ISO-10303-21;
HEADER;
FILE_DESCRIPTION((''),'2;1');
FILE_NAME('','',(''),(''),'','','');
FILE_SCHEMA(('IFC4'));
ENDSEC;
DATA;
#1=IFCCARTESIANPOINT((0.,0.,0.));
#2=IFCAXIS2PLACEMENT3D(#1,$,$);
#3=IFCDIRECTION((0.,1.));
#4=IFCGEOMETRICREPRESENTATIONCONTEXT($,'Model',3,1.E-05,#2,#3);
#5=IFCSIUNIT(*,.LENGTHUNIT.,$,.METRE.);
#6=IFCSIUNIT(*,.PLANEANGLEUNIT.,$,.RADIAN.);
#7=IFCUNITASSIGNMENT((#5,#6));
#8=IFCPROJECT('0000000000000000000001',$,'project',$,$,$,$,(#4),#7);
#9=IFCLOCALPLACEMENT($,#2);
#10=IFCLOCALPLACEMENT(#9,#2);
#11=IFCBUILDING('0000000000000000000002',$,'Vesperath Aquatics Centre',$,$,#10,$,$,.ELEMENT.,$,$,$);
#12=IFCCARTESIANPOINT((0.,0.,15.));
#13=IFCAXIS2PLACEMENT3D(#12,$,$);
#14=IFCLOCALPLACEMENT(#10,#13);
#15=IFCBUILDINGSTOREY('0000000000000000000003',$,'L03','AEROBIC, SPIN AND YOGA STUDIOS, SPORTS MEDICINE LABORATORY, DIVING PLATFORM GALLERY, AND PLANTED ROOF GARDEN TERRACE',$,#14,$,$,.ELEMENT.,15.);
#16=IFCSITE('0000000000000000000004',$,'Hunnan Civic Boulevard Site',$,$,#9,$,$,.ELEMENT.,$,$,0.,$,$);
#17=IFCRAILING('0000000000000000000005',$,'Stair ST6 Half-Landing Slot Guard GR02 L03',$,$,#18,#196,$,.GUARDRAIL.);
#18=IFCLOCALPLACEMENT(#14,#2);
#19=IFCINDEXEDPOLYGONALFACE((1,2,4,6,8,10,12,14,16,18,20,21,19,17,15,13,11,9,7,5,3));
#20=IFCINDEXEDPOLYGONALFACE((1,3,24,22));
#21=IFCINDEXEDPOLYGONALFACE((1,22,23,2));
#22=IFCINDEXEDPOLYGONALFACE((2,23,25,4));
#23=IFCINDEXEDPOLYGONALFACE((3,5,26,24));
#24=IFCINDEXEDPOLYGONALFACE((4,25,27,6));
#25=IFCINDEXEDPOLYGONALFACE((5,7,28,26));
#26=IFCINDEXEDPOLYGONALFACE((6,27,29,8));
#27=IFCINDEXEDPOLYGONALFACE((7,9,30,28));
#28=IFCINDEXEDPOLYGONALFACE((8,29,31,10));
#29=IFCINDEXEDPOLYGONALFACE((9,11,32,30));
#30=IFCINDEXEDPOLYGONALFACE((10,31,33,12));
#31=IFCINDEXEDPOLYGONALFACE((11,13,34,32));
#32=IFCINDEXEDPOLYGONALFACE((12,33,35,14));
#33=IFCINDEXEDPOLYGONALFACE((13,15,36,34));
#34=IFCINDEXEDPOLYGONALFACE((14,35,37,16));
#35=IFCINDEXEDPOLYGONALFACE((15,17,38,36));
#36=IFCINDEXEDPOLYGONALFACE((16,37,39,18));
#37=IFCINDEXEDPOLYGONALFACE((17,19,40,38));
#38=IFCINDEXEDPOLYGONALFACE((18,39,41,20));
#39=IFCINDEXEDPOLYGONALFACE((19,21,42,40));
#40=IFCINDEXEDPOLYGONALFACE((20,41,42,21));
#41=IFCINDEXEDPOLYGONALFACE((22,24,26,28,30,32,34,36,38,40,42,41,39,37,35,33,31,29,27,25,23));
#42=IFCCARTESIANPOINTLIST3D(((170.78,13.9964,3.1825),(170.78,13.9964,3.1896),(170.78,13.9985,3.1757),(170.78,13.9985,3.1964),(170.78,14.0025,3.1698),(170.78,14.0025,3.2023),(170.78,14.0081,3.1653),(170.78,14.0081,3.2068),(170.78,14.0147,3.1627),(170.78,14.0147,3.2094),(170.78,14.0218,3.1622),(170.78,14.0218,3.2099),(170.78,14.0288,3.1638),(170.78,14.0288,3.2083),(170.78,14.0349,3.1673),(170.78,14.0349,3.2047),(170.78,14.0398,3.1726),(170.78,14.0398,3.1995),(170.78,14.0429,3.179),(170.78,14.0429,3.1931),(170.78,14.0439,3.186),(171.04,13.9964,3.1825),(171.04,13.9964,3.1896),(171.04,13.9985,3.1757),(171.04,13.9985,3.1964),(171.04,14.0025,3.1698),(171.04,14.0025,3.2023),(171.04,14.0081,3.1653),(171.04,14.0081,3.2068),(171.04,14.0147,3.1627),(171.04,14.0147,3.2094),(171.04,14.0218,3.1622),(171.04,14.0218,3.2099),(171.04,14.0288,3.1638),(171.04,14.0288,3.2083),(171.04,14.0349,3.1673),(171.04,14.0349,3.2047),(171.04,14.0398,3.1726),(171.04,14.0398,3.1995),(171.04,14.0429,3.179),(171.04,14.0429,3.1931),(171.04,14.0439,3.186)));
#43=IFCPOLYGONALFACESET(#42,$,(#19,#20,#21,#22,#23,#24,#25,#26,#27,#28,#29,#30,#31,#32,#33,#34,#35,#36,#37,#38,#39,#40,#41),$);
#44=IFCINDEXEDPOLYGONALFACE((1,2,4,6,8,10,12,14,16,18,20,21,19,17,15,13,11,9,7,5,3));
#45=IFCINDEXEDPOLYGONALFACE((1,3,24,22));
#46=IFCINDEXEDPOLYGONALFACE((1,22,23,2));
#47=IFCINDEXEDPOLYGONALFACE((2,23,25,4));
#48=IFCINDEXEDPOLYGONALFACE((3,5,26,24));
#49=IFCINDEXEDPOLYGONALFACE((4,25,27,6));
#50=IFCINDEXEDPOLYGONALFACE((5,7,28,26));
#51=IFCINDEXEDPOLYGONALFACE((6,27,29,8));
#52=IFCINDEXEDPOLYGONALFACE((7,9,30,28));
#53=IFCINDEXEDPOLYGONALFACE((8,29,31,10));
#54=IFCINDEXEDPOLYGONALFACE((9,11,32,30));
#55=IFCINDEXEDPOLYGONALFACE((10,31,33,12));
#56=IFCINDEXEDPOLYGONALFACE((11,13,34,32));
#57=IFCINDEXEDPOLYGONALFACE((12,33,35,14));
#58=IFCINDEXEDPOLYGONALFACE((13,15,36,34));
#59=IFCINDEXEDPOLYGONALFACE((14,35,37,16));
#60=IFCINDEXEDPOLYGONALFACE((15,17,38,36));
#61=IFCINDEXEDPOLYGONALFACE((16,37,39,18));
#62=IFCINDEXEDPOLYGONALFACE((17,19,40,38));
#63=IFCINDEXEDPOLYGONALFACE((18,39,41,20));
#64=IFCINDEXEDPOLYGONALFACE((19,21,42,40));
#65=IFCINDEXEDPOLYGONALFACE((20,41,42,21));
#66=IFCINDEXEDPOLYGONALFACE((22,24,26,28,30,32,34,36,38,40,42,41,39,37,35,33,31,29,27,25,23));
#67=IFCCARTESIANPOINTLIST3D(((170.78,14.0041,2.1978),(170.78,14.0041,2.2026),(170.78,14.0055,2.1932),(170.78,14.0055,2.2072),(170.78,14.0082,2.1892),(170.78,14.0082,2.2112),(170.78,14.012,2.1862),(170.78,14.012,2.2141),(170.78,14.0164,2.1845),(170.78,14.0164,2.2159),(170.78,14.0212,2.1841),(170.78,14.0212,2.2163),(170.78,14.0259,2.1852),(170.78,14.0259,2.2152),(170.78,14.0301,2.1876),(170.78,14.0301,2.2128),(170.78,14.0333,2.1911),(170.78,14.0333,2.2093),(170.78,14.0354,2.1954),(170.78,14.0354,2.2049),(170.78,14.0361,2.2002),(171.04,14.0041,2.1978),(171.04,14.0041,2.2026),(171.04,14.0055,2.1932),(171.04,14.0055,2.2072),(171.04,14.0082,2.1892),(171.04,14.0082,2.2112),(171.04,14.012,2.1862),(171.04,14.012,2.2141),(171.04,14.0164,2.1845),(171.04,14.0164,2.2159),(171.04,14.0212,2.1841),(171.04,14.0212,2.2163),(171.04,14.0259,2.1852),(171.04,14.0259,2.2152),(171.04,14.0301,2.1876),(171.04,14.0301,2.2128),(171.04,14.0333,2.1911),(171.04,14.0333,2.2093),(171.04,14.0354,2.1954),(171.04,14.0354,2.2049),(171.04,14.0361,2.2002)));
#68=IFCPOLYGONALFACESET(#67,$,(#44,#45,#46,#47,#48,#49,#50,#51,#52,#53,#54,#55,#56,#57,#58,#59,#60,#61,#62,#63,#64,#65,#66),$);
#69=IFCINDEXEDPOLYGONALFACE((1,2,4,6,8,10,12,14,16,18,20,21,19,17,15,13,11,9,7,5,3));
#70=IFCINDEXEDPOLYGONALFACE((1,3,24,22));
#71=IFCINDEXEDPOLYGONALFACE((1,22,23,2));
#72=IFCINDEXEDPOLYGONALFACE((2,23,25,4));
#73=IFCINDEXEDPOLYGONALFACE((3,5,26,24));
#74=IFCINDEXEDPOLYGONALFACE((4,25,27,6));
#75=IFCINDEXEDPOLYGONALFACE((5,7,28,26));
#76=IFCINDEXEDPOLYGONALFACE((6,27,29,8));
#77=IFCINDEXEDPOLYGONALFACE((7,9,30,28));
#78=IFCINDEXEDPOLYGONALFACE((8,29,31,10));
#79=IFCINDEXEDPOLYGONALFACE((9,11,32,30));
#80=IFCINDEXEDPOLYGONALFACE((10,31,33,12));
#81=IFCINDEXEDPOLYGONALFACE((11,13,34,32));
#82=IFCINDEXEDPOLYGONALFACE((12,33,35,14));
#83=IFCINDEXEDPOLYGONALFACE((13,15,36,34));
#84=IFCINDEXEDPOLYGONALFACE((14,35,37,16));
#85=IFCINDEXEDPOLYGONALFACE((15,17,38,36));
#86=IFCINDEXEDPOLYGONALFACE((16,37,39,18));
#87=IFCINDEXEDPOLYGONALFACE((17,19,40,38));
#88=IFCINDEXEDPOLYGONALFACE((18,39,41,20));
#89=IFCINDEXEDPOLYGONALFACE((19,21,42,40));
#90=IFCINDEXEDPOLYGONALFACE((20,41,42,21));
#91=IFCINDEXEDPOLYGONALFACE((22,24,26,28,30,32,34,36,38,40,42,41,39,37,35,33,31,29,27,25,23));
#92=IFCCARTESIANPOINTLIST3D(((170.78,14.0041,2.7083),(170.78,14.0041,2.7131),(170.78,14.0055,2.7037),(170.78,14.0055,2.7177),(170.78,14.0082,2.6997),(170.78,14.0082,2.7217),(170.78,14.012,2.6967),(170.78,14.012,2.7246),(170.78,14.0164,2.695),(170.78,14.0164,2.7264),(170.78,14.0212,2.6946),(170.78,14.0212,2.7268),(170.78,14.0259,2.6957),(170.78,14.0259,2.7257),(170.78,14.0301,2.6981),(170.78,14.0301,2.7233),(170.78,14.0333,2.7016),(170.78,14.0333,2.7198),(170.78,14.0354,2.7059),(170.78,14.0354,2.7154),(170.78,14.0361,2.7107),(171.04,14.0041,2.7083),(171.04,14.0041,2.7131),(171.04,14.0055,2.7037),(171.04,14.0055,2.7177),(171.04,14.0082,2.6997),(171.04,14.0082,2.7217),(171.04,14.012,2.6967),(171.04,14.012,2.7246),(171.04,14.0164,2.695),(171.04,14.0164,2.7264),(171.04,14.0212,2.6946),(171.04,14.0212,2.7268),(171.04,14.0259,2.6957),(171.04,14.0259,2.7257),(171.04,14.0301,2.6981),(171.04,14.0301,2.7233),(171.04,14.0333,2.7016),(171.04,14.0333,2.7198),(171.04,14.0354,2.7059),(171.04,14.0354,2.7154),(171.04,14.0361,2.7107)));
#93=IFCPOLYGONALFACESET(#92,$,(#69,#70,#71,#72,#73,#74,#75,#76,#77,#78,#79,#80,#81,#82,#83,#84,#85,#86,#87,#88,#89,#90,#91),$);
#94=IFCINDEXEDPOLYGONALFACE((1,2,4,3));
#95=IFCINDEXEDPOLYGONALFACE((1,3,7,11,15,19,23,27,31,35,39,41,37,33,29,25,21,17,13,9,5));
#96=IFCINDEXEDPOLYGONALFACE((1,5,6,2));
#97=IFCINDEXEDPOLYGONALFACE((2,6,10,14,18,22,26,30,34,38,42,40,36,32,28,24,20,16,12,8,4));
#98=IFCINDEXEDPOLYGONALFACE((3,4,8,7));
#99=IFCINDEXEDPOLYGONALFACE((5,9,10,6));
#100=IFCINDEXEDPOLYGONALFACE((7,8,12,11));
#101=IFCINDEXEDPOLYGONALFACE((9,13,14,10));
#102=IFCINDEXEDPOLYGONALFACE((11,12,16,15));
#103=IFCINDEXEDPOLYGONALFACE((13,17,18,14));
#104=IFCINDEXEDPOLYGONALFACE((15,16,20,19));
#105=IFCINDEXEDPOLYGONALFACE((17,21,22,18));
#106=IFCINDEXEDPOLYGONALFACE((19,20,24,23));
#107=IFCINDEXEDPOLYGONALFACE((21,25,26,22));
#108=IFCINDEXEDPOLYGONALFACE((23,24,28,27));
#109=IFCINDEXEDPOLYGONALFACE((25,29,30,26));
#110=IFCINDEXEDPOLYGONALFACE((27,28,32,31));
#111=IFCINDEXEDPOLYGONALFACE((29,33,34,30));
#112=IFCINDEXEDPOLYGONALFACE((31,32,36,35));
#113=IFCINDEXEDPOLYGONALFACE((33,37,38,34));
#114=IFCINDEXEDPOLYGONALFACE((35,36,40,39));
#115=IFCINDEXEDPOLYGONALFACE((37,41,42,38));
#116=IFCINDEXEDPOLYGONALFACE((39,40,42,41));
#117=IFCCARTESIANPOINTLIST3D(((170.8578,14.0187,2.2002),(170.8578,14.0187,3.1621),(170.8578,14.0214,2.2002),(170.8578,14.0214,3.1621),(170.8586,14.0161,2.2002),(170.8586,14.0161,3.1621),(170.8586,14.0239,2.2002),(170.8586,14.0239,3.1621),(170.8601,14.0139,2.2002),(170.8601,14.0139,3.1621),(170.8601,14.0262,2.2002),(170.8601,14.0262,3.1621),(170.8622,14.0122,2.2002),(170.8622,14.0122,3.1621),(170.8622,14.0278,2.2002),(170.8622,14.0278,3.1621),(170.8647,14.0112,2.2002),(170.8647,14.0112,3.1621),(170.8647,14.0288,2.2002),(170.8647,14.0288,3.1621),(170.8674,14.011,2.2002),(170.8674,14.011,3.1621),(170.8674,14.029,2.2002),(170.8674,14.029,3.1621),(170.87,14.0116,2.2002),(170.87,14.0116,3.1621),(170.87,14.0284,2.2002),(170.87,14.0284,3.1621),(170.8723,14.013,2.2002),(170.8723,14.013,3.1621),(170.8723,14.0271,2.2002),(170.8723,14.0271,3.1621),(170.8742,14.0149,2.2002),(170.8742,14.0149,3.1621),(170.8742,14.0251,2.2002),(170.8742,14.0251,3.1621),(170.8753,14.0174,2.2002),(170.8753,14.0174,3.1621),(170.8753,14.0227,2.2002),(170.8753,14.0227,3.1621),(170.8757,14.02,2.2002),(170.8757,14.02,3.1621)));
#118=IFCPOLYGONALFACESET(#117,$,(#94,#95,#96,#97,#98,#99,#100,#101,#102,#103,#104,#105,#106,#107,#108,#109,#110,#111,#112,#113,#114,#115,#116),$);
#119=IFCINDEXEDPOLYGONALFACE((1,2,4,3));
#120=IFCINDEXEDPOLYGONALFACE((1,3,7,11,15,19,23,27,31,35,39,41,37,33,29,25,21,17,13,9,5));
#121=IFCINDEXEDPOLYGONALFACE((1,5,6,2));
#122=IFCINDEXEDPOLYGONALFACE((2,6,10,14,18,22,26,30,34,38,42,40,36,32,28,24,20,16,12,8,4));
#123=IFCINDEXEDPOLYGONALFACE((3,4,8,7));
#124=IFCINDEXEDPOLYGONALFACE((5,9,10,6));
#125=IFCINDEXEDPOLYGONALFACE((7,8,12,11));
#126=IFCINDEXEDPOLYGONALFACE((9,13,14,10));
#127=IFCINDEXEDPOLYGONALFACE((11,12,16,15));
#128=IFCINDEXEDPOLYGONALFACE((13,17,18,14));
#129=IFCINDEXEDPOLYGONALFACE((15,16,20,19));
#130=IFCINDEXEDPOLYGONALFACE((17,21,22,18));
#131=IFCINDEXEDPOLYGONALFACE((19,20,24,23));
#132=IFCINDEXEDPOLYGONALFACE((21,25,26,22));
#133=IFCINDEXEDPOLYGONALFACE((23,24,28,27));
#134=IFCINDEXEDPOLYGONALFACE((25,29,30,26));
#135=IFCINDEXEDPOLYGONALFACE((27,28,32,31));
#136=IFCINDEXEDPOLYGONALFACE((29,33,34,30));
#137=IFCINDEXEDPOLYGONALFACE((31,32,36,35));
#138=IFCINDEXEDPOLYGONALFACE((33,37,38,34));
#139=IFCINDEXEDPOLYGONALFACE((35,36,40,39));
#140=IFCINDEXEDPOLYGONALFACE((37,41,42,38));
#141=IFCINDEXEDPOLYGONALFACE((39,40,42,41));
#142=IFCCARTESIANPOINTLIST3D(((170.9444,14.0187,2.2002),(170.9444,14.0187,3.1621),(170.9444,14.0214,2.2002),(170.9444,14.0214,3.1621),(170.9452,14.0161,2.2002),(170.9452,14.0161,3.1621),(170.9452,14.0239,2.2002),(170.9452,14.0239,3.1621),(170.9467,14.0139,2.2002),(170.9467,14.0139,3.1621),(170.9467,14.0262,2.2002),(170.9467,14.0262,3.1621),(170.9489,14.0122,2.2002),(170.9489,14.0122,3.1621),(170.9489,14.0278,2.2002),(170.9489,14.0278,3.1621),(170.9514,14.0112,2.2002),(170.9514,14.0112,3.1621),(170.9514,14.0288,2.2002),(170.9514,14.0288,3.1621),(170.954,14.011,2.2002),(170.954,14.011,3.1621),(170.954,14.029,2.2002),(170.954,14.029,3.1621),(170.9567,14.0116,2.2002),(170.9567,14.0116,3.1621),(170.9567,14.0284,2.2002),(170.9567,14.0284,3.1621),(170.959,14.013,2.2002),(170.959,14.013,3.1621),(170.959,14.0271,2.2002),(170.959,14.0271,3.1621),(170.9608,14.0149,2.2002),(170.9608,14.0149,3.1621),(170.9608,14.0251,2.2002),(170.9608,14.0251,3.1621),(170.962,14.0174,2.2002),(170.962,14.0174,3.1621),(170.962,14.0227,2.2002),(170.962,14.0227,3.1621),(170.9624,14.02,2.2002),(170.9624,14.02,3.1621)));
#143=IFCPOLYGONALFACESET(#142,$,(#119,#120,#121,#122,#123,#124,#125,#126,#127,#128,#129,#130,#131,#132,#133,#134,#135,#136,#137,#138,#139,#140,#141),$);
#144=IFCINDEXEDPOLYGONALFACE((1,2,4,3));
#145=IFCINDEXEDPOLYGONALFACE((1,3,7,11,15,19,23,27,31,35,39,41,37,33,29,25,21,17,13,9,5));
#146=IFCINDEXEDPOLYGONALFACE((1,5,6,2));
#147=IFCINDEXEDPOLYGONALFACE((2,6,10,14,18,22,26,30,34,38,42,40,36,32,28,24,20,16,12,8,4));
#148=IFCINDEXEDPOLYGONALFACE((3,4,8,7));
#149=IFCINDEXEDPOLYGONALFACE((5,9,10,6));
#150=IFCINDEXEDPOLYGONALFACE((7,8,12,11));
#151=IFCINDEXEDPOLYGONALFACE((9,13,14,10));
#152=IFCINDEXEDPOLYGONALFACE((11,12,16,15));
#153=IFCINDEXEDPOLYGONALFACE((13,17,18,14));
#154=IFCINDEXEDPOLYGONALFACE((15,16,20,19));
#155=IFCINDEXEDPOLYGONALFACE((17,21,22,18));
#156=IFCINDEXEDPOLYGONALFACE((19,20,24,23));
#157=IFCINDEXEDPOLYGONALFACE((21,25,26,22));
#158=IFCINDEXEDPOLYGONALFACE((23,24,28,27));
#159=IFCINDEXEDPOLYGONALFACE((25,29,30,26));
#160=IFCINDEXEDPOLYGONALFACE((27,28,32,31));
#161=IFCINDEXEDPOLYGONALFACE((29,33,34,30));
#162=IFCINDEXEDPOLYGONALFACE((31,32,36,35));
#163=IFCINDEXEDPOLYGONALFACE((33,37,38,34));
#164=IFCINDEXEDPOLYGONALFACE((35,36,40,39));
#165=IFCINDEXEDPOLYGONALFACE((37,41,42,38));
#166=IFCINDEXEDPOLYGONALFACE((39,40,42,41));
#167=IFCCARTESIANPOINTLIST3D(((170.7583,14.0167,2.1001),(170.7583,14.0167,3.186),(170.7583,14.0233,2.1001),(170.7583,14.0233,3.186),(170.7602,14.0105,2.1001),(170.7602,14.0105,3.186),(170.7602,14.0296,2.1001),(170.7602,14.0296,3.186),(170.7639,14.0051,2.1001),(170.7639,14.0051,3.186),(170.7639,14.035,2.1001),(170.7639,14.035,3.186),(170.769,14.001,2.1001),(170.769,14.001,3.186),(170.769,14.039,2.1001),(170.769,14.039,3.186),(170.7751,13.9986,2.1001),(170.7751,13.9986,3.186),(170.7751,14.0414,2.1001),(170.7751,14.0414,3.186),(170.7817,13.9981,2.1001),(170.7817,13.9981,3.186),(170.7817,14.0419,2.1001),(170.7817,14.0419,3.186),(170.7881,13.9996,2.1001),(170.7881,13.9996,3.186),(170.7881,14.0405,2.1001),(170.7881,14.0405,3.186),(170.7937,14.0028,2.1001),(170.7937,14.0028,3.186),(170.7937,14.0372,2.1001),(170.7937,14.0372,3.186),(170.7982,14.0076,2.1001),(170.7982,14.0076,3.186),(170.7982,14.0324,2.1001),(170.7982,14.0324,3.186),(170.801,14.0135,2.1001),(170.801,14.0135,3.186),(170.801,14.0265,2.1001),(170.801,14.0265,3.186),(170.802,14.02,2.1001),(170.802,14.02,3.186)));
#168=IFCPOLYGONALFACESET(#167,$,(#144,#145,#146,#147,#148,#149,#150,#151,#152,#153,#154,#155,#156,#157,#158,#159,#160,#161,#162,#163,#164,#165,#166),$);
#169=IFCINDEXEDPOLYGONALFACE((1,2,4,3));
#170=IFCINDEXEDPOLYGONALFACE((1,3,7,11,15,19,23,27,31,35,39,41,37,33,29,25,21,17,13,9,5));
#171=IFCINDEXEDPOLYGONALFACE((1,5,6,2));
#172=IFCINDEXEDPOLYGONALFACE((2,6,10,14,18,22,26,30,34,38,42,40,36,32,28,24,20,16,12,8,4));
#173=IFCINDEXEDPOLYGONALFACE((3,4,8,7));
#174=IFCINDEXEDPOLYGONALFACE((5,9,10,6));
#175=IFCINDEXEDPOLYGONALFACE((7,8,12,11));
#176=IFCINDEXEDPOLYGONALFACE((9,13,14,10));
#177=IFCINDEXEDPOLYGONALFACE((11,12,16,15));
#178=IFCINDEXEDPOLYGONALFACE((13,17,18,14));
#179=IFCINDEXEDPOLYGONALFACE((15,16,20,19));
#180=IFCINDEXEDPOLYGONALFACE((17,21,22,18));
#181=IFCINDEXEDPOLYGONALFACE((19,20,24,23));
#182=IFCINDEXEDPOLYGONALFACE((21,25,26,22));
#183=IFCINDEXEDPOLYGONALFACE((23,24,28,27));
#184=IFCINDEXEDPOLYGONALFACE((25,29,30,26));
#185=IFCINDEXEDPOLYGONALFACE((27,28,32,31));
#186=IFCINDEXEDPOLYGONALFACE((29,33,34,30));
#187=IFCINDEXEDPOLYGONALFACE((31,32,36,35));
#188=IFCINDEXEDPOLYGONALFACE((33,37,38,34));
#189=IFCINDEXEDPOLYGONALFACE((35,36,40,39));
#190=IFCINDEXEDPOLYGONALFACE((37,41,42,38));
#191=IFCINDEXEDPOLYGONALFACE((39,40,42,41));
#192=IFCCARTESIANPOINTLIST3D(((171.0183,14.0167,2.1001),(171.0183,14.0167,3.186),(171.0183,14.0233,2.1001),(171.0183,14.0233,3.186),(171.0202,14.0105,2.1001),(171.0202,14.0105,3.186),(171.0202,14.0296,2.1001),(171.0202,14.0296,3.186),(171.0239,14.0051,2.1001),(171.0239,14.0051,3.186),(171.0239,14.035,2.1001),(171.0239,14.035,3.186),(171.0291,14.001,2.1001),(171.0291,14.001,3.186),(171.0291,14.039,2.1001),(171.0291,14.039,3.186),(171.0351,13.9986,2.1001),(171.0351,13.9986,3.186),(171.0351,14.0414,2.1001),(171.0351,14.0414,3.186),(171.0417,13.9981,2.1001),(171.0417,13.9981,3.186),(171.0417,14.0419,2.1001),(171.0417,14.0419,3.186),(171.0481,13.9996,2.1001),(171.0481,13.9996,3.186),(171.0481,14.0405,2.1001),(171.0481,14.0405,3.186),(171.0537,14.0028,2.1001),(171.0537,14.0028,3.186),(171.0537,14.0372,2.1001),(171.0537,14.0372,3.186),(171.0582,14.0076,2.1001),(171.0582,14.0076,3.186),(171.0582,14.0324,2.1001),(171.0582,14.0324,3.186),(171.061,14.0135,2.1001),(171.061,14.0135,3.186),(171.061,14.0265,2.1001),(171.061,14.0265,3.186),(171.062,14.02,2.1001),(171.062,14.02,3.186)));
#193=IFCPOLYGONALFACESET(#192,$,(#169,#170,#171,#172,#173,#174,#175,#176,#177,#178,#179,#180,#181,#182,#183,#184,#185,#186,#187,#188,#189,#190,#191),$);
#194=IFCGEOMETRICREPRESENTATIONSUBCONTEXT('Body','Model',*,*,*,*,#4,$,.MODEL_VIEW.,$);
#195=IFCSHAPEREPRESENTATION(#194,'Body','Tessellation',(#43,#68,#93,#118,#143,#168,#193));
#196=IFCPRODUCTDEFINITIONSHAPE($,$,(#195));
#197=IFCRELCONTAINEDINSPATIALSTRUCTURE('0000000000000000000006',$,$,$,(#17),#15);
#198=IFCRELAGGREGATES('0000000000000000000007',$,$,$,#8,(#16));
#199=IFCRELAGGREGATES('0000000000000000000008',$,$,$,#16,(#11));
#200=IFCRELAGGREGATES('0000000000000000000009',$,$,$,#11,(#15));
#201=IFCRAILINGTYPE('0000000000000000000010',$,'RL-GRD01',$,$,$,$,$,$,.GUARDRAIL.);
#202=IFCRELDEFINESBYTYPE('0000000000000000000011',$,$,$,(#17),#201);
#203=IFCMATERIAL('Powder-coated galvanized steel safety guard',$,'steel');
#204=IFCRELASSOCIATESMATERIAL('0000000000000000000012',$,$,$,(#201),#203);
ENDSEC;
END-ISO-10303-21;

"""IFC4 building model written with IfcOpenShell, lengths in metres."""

from ifc_helpers import new_model, si_unit, direction, frame, origin, origin_2d, place, context, subcontext, project, spatial, circle, extrude, material, type_object, element, save


model = new_model("IFC4")

# Units and contexts
model_context = context("Model", 3, precision=1e-05, world=origin(), true_north=direction((0.0, 1.0)))
body_context = subcontext(model_context, "Body", "Model", "MODEL_VIEW")
ifc_project = project(units=[si_unit("LENGTHUNIT", "METRE"), si_unit("PLANEANGLEUNIT", "RADIAN")], contexts=[model_context])

# Site, building, storey
site_placement = place(None, origin())
site = spatial("IfcSite", under=ifc_project, at=site_placement, Name="Hunnan Civic Boulevard Site", CompositionType="ELEMENT", RefElevation=0.0)
building_placement = place(site_placement, origin())
building = spatial("IfcBuilding", under=site, at=building_placement, Name="Vesperath Aquatics Centre", CompositionType="ELEMENT")
storey_placement = place(building_placement, frame((0.0, 0.0, 15.0)))
storey = spatial("IfcBuildingStorey", under=building, at=storey_placement, Name="L03", Description="AEROBIC, SPIN AND YOGA STUDIOS, SPORTS MEDICINE LABORATORY, DIVING PLATFORM GALLERY, AND PLANTED ROOF GARDEN TERRACE", CompositionType="ELEMENT", Elevation=15.0)

# Railing
ifc_material_1 = material(Name="Powder-coated galvanized steel safety guard", Category="steel")
railing_type_1 = type_object("IfcRailingType", Name="RL-GRD01", PredefinedType="GUARDRAIL", material=ifc_material_1)
railing_1_placement = place(storey_placement, frame((170.78, 14.02, 2.1001)))
element("IfcRailing", 1, at=railing_1_placement, inside=storey, type_object=railing_type_1, Name="Stair ST6 Half-Landing Slot Guard GR02 L03", PredefinedType="GUARDRAIL", context=body_context, shape_type="SweptSolid", body=[
    extrude(circle(Radius=0.0239, at=origin_2d()), frame((0.0, 0.0, 1.0859), z_axis=(1.0, 0.0, 0.0), x_axis=(0.0, 1.0, 0.0)), (0.0, 0.0, 1.0), 0.26),
    extrude(circle(Radius=0.0161, at=origin_2d()), frame((0.0, 0.0, 0.1001), z_axis=(1.0, 0.0, 0.0), x_axis=(0.0, 1.0, 0.0)), (0.0, 0.0, 1.0), 0.26),
    extrude(circle(Radius=0.0161, at=origin_2d()), frame((0.0, 0.0, 0.6106), z_axis=(1.0, 0.0, 0.0), x_axis=(0.0, 1.0, 0.0)), (0.0, 0.0, 1.0), 0.26),
    extrude(circle(Radius=0.009, at=origin_2d()), frame((0.0867, 0.0, 0.1001)), (0.0, 0.0, 1.0), 0.9619),
    extrude(circle(Radius=0.009, at=origin_2d()), frame((0.1733, 0.0, 0.1001)), (0.0, 0.0, 1.0), 0.9619),
    extrude(circle(Radius=0.022, at=origin_2d()), origin(), (0.0, 0.0, 1.0), 1.0859),
    extrude(circle(Radius=0.022, at=origin_2d()), frame((0.26, 0.0, 0.0)), (0.0, 0.0, 1.0), 1.0859),
])

save(model, "model.ifc")
